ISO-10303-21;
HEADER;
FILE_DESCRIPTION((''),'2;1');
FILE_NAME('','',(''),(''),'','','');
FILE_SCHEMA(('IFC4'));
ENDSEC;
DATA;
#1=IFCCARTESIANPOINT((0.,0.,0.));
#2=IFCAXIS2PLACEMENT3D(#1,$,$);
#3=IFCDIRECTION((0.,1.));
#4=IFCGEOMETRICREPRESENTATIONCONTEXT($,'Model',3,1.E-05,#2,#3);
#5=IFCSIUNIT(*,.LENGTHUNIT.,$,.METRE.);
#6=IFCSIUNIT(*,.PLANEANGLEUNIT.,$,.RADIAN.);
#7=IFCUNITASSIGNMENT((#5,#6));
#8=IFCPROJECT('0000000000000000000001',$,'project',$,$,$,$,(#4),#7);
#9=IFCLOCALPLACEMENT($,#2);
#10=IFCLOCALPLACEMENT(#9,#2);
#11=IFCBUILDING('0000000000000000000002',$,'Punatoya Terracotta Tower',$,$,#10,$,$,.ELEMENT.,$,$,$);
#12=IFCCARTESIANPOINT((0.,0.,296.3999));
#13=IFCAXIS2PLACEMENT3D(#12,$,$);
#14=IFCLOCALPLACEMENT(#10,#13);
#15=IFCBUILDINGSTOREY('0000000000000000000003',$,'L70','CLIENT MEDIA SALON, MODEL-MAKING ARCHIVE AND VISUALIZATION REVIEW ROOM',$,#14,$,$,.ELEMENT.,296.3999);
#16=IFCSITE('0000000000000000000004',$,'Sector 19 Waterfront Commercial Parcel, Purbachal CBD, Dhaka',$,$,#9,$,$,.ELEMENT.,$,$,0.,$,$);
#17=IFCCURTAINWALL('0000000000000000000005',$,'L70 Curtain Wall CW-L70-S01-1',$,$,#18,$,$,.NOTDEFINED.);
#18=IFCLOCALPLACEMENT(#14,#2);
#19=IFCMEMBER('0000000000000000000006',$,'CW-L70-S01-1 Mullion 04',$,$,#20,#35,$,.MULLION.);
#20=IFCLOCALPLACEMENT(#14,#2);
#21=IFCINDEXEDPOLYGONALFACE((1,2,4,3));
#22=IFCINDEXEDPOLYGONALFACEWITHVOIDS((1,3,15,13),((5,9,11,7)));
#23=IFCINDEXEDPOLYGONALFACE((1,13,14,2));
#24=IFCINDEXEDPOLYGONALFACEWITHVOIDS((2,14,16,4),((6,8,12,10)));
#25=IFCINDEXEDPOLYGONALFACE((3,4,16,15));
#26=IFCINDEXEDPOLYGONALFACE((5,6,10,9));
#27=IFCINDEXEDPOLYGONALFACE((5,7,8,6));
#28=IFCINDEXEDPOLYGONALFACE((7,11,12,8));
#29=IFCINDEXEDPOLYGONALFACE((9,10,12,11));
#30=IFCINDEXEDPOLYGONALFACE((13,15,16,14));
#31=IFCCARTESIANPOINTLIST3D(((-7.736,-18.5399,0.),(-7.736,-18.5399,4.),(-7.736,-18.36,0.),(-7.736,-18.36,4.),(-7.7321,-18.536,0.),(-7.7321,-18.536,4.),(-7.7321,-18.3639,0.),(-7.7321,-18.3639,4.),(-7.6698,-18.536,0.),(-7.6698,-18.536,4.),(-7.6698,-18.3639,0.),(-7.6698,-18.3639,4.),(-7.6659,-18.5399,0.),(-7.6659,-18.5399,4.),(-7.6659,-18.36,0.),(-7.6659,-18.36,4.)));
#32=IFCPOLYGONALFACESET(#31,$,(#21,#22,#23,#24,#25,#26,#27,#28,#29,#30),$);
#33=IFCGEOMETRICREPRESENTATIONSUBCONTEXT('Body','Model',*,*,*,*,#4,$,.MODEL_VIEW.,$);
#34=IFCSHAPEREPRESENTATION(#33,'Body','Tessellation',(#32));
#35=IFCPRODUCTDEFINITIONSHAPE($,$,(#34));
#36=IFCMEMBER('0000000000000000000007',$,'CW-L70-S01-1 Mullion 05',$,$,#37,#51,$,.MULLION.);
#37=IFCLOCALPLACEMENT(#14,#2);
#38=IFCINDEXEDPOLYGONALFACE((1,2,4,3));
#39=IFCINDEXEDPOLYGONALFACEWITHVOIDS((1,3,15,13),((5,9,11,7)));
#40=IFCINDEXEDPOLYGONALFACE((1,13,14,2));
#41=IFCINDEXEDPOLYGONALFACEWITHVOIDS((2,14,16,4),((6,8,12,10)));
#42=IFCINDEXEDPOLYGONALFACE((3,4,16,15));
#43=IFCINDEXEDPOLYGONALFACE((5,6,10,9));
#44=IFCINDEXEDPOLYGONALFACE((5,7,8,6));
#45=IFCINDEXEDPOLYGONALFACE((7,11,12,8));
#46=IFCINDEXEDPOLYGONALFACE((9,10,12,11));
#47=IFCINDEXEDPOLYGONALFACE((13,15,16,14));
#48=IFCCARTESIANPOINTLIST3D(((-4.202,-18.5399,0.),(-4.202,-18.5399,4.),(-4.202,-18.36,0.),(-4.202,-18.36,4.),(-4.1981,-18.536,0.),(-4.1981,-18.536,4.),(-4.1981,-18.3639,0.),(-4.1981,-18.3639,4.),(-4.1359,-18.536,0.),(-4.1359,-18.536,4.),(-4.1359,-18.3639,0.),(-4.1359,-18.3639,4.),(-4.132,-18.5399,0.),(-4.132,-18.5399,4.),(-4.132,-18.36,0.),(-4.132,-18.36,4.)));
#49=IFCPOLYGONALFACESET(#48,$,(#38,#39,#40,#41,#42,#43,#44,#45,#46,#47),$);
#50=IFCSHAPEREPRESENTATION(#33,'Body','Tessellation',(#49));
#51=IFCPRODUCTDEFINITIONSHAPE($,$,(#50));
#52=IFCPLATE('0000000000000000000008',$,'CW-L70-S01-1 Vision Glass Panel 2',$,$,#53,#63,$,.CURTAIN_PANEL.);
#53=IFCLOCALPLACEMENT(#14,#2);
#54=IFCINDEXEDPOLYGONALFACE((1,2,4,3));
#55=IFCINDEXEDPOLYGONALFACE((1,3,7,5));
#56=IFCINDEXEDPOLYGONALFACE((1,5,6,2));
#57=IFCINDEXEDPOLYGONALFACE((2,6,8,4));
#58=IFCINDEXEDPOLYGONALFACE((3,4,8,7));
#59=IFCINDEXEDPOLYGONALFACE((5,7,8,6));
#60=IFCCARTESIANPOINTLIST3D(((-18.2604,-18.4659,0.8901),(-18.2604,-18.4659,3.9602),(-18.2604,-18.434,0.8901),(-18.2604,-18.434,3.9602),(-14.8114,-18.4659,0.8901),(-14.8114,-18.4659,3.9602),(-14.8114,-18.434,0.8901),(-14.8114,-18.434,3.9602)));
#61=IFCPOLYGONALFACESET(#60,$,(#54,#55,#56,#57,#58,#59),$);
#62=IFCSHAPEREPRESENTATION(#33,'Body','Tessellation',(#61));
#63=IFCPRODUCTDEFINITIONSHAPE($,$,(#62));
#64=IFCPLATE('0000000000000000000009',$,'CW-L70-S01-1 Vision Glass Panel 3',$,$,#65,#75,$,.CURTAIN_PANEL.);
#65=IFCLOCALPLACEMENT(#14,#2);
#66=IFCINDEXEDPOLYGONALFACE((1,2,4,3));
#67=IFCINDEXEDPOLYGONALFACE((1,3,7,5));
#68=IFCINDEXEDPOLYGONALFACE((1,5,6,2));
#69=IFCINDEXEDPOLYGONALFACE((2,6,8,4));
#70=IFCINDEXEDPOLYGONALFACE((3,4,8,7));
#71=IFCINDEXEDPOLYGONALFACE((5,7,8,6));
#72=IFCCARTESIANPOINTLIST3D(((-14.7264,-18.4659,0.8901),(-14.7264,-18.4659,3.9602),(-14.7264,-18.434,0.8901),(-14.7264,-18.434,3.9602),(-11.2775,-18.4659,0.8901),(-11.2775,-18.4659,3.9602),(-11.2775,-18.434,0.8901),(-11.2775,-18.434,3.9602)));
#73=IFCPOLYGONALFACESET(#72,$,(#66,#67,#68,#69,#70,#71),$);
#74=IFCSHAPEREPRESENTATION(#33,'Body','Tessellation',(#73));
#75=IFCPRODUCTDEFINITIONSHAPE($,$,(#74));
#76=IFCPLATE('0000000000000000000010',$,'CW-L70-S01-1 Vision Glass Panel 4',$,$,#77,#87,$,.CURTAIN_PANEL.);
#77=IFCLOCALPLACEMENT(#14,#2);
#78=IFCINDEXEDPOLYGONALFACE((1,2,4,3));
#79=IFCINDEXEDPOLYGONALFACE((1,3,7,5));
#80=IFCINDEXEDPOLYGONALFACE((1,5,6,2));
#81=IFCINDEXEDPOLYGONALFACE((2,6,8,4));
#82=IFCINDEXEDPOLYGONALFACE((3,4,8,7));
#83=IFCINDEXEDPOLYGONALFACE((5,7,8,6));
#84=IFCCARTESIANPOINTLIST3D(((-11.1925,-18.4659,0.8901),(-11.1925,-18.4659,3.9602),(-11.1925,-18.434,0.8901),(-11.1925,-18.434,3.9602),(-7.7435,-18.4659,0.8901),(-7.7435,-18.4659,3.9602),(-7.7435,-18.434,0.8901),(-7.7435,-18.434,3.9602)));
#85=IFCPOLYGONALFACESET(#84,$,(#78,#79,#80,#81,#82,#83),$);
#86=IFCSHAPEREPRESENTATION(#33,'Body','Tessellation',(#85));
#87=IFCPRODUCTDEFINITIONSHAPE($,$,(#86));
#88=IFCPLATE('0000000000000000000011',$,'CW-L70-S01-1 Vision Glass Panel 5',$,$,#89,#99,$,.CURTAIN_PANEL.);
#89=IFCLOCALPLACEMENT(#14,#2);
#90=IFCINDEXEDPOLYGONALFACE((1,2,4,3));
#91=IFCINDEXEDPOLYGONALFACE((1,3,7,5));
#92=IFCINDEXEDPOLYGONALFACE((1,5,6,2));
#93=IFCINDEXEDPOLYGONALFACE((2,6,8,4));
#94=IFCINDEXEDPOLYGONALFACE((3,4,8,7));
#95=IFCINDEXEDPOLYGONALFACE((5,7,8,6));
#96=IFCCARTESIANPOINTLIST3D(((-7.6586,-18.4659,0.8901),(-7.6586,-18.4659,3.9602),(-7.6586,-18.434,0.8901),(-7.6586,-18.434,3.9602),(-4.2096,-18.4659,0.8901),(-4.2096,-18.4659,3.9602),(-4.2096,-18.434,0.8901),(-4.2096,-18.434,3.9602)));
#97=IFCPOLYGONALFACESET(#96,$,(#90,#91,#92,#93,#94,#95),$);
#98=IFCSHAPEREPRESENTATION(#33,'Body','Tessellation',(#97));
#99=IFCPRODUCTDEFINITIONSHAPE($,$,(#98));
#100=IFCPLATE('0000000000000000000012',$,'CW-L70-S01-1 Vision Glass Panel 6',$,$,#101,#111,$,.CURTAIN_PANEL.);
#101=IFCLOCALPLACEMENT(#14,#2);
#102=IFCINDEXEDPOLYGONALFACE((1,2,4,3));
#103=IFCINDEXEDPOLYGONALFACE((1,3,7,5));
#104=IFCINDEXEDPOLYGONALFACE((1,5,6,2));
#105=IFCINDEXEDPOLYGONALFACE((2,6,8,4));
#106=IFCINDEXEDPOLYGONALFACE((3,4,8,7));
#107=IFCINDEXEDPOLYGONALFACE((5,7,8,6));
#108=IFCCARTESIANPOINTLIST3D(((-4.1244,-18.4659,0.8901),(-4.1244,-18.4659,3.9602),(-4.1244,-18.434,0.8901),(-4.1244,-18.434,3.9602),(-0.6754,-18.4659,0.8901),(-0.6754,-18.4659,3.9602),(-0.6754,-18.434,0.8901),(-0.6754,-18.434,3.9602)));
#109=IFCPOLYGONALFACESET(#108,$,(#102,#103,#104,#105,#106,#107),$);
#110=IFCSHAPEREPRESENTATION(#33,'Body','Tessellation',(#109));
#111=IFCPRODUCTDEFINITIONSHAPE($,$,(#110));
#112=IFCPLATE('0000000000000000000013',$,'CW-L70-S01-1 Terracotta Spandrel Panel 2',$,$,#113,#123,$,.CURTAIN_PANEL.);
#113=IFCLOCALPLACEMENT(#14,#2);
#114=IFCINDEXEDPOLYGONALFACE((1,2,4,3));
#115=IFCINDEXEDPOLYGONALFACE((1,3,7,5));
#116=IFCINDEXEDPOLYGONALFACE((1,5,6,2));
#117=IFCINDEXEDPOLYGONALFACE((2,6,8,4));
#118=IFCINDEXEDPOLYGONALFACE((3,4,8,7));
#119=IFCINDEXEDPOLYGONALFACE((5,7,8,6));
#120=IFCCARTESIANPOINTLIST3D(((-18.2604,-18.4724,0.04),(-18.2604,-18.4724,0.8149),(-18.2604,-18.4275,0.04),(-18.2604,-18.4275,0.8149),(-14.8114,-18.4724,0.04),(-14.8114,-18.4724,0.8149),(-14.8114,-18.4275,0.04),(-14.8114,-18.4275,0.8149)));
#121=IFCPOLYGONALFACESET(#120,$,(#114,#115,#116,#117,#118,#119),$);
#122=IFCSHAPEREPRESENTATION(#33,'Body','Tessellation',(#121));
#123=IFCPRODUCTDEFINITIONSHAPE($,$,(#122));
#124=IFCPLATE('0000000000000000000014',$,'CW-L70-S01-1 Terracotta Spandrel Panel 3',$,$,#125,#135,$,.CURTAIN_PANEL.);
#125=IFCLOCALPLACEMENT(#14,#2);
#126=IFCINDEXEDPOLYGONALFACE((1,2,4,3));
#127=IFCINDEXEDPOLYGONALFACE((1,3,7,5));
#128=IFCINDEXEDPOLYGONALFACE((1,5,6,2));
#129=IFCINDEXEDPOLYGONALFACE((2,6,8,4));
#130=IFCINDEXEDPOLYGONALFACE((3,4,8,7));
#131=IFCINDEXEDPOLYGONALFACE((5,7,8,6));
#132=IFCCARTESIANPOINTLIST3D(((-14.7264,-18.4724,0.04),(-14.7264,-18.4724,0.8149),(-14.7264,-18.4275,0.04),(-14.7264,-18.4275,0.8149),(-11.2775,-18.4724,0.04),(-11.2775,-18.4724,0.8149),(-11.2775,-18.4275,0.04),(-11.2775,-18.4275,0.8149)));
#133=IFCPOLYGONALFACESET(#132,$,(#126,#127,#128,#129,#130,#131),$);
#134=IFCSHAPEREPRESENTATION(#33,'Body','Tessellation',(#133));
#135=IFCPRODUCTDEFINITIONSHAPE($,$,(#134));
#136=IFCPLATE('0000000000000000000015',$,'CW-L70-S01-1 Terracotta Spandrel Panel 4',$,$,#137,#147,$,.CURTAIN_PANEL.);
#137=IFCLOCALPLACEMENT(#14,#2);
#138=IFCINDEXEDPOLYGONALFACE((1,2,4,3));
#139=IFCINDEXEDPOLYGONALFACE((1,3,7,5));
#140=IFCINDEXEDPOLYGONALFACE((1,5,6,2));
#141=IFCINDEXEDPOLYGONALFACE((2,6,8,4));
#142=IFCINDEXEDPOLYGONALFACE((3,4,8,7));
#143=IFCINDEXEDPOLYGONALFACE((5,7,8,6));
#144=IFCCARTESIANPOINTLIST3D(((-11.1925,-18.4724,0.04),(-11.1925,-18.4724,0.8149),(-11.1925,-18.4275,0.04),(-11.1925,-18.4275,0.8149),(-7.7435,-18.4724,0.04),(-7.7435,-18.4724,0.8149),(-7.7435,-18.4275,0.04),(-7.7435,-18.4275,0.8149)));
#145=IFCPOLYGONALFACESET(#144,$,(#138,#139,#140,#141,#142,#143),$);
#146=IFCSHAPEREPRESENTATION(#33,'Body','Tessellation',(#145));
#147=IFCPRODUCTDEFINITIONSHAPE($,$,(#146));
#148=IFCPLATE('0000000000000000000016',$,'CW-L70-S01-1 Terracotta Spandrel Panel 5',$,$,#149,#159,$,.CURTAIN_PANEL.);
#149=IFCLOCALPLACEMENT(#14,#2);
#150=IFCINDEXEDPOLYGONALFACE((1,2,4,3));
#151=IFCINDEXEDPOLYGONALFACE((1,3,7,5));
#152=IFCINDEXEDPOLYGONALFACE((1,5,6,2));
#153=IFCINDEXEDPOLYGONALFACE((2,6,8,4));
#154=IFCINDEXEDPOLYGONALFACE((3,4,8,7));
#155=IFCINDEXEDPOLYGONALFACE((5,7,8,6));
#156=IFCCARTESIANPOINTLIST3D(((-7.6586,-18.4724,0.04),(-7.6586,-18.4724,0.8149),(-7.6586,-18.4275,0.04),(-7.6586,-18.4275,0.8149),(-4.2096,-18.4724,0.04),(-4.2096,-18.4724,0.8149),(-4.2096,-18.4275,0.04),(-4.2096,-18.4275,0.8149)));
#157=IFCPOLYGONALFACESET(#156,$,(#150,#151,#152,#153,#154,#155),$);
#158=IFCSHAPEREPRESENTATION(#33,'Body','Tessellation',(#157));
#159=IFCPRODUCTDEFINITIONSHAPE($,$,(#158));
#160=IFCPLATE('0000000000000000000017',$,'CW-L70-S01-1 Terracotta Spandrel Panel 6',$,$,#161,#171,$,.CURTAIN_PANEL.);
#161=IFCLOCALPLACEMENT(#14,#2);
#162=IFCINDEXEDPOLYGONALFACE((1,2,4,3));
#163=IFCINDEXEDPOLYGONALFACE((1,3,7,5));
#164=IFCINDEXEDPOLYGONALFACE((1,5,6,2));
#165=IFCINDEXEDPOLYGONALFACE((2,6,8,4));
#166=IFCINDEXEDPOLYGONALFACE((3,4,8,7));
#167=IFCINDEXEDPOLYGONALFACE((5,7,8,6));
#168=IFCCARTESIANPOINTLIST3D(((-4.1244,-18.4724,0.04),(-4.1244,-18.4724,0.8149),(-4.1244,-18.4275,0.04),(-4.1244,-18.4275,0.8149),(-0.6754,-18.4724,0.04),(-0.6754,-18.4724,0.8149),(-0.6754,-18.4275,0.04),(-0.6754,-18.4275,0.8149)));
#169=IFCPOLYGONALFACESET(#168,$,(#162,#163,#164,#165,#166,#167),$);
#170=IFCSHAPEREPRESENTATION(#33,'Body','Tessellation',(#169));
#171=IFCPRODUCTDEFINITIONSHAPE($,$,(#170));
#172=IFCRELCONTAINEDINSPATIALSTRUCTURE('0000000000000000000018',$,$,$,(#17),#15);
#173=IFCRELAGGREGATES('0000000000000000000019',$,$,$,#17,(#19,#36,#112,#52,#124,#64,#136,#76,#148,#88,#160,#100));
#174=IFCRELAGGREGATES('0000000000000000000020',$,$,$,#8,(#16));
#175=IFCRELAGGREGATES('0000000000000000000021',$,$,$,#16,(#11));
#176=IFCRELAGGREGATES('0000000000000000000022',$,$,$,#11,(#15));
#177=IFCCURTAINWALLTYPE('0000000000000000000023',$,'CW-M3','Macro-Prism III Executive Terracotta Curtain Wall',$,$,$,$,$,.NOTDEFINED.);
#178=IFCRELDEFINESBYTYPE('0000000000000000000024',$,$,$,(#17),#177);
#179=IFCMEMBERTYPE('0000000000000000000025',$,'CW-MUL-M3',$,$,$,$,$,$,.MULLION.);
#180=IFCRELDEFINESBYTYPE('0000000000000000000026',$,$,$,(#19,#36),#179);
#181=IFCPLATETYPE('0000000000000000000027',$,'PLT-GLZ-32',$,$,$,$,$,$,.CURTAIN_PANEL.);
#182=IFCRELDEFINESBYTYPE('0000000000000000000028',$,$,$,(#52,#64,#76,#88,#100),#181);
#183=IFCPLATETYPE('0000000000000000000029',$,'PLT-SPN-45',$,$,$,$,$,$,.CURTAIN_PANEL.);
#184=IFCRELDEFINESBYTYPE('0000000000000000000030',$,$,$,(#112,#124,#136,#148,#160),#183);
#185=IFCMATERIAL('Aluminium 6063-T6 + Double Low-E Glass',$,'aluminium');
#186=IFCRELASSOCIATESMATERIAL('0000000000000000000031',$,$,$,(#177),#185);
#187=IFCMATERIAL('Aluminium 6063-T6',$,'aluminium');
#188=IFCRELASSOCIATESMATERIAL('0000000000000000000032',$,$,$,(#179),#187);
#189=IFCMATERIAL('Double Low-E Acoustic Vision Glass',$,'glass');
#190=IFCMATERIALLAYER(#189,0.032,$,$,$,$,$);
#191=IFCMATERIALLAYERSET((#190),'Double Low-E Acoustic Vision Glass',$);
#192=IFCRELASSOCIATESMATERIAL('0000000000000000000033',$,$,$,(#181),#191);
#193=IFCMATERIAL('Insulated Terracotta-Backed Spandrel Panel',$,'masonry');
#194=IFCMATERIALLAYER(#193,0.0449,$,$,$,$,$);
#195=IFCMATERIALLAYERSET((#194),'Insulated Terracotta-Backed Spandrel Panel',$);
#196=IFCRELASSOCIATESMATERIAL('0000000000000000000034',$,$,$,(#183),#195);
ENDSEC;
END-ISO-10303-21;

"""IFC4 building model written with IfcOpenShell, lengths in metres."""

from ifc_helpers import new_model, si_unit, direction, frame, origin, origin_2d, place, context, subcontext, project, spatial, rectangle, hollow_rectangle, extrude, material, layer, layer_set, material_profile, profile_set, type_object, element, aggregate, save


model = new_model("IFC4")

# Units and contexts
model_context = context("Model", 3, precision=1e-05, world=origin(), true_north=direction((0.0, 1.0)))
body_context = subcontext(model_context, "Body", "Model", "MODEL_VIEW")
ifc_project = project(units=[si_unit("LENGTHUNIT", "METRE"), si_unit("PLANEANGLEUNIT", "RADIAN")], contexts=[model_context])

# Site, building, storey
site_placement = place(None, origin())
site = spatial("IfcSite", under=ifc_project, at=site_placement, Name="Sector 19 Waterfront Commercial Parcel, Purbachal CBD, Dhaka", CompositionType="ELEMENT", RefElevation=0.0)
building_placement = place(site_placement, origin())
building = spatial("IfcBuilding", under=site, at=building_placement, Name="Punatoya Terracotta Tower", CompositionType="ELEMENT")
storey_placement = place(building_placement, frame((0.0, 0.0, 296.3999)))
storey = spatial("IfcBuildingStorey", under=building, at=storey_placement, Name="L70", Description="CLIENT MEDIA SALON, MODEL-MAKING ARCHIVE AND VISUALIZATION REVIEW ROOM", CompositionType="ELEMENT", Elevation=296.3999)

# Curtain wall, members, plates
ifc_material_1 = material(Name="Aluminium 6063-T6 + Double Low-E Glass", Category="aluminium")
curtain_wall_type = type_object("IfcCurtainWallType", Name="CW-M3", Description="Macro-Prism III Executive Terracotta Curtain Wall", PredefinedType="NOTDEFINED", material=ifc_material_1)
curtain_wall_placement = place(storey_placement, origin())
curtain_wall = element("IfcCurtainWall", 1, at=curtain_wall_placement, inside=storey, type_object=curtain_wall_type, Name="L70 Curtain Wall CW-L70-S01-1", PredefinedType="NOTDEFINED")
ifc_material_2 = material(Name="Aluminium 6063-T6", Category="aluminium")
ifc_material_profile_1 = material_profile(ifc_material_2, hollow_rectangle(XDim=0.0701, YDim=0.1799, WallThickness=0.0039, at=origin_2d()))
ifc_profile_set_1 = profile_set([ifc_material_profile_1], Name="Aluminium 6063-T6")
member_type = type_object("IfcMemberType", Name="CW-MUL-M3", PredefinedType="MULLION", material=ifc_profile_set_1)
member_1_placement = place(storey_placement, frame((-7.7009, -18.45, 0.0), z_axis=(0.0, 0.0, 1.0), x_axis=(1.0, 0.0, 0.0)))
member_1 = element("IfcMember", 2, at=member_1_placement, type_object=member_type, Name="CW-L70-S01-1 Mullion 04", PredefinedType="MULLION", context=body_context, shape_type="SweptSolid", body=[
    extrude(hollow_rectangle(XDim=0.0701, YDim=0.1799, WallThickness=0.0039, at=origin_2d()), origin(), (0.0, 0.0, 1.0), 4.0),
])
member_2_placement = place(storey_placement, frame((-4.167, -18.45, 0.0), z_axis=(0.0, 0.0, 1.0), x_axis=(1.0, 0.0, 0.0)))
member_2 = element("IfcMember", 3, at=member_2_placement, type_object=member_type, Name="CW-L70-S01-1 Mullion 05", PredefinedType="MULLION", context=body_context, shape_type="SweptSolid", body=[
    extrude(hollow_rectangle(XDim=0.0701, YDim=0.1799, WallThickness=0.0039, at=origin_2d()), origin(), (0.0, 0.0, 1.0), 4.0),
])
ifc_material_3 = material(Name="Double Low-E Acoustic Vision Glass", Category="glass")
ifc_layer_1 = layer(ifc_material_3, 0.032)
ifc_layer_set_1 = layer_set([ifc_layer_1], Name="Double Low-E Acoustic Vision Glass")
plate_type_1 = type_object("IfcPlateType", Name="PLT-GLZ-32", PredefinedType="CURTAIN_PANEL", material=ifc_layer_set_1)
plate_1_placement = place(storey_placement, frame((-16.5359, -18.45, 0.8901), z_axis=(0.0, 0.0, 1.0), x_axis=(1.0, 0.0, 0.0)))
plate_1 = element("IfcPlate", 4, at=plate_1_placement, type_object=plate_type_1, Name="CW-L70-S01-1 Vision Glass Panel 2", PredefinedType="CURTAIN_PANEL", context=body_context, shape_type="SweptSolid", body=[
    extrude(rectangle(XDim=3.449, YDim=0.032, at=origin_2d()), origin(), (0.0, 0.0, 1.0), 3.0701),
])
plate_2_placement = place(storey_placement, frame((-13.002, -18.45, 0.8901), z_axis=(0.0, 0.0, 1.0), x_axis=(1.0, 0.0, 0.0)))
plate_2 = element("IfcPlate", 5, at=plate_2_placement, type_object=plate_type_1, Name="CW-L70-S01-1 Vision Glass Panel 3", PredefinedType="CURTAIN_PANEL", context=body_context, shape_type="SweptSolid", body=[
    extrude(rectangle(XDim=3.449, YDim=0.032, at=origin_2d()), origin(), (0.0, 0.0, 1.0), 3.0701),
])
plate_3_placement = place(storey_placement, frame((-9.468, -18.45, 0.8901), z_axis=(0.0, 0.0, 1.0), x_axis=(1.0, 0.0, 0.0)))
plate_3 = element("IfcPlate", 6, at=plate_3_placement, type_object=plate_type_1, Name="CW-L70-S01-1 Vision Glass Panel 4", PredefinedType="CURTAIN_PANEL", context=body_context, shape_type="SweptSolid", body=[
    extrude(rectangle(XDim=3.449, YDim=0.032, at=origin_2d()), origin(), (0.0, 0.0, 1.0), 3.0701),
])
plate_4_placement = place(storey_placement, frame((-5.9341, -18.45, 0.8901), z_axis=(0.0, 0.0, 1.0), x_axis=(1.0, 0.0, 0.0)))
plate_4 = element("IfcPlate", 7, at=plate_4_placement, type_object=plate_type_1, Name="CW-L70-S01-1 Vision Glass Panel 5", PredefinedType="CURTAIN_PANEL", context=body_context, shape_type="SweptSolid", body=[
    extrude(rectangle(XDim=3.449, YDim=0.032, at=origin_2d()), origin(), (0.0, 0.0, 1.0), 3.0701),
])
plate_5_placement = place(storey_placement, frame((-2.3999, -18.45, 0.8901), z_axis=(0.0, 0.0, 1.0), x_axis=(1.0, 0.0, 0.0)))
plate_5 = element("IfcPlate", 8, at=plate_5_placement, type_object=plate_type_1, Name="CW-L70-S01-1 Vision Glass Panel 6", PredefinedType="CURTAIN_PANEL", context=body_context, shape_type="SweptSolid", body=[
    extrude(rectangle(XDim=3.449, YDim=0.032, at=origin_2d()), origin(), (0.0, 0.0, 1.0), 3.0701),
])
ifc_material_4 = material(Name="Insulated Terracotta-Backed Spandrel Panel", Category="masonry")
ifc_layer_2 = layer(ifc_material_4, 0.0449)
ifc_layer_set_2 = layer_set([ifc_layer_2], Name="Insulated Terracotta-Backed Spandrel Panel")
plate_type_2 = type_object("IfcPlateType", Name="PLT-SPN-45", PredefinedType="CURTAIN_PANEL", material=ifc_layer_set_2)
plate_6_placement = place(storey_placement, frame((-16.5359, -18.45, 0.04), z_axis=(0.0, 0.0, 1.0), x_axis=(1.0, 0.0, 0.0)))
plate_6 = element("IfcPlate", 9, at=plate_6_placement, type_object=plate_type_2, Name="CW-L70-S01-1 Terracotta Spandrel Panel 2", PredefinedType="CURTAIN_PANEL", context=body_context, shape_type="SweptSolid", body=[
    extrude(rectangle(XDim=3.449, YDim=0.0449, at=origin_2d()), origin(), (0.0, 0.0, 1.0), 0.7749),
])
plate_7_placement = place(storey_placement, frame((-13.002, -18.45, 0.04), z_axis=(0.0, 0.0, 1.0), x_axis=(1.0, 0.0, 0.0)))
plate_7 = element("IfcPlate", 10, at=plate_7_placement, type_object=plate_type_2, Name="CW-L70-S01-1 Terracotta Spandrel Panel 3", PredefinedType="CURTAIN_PANEL", context=body_context, shape_type="SweptSolid", body=[
    extrude(rectangle(XDim=3.449, YDim=0.0449, at=origin_2d()), origin(), (0.0, 0.0, 1.0), 0.7749),
])
plate_8_placement = place(storey_placement, frame((-9.468, -18.45, 0.04), z_axis=(0.0, 0.0, 1.0), x_axis=(1.0, 0.0, 0.0)))
plate_8 = element("IfcPlate", 11, at=plate_8_placement, type_object=plate_type_2, Name="CW-L70-S01-1 Terracotta Spandrel Panel 4", PredefinedType="CURTAIN_PANEL", context=body_context, shape_type="SweptSolid", body=[
    extrude(rectangle(XDim=3.449, YDim=0.0449, at=origin_2d()), origin(), (0.0, 0.0, 1.0), 0.7749),
])
plate_9_placement = place(storey_placement, frame((-5.9341, -18.45, 0.04), z_axis=(0.0, 0.0, 1.0), x_axis=(1.0, 0.0, 0.0)))
plate_9 = element("IfcPlate", 12, at=plate_9_placement, type_object=plate_type_2, Name="CW-L70-S01-1 Terracotta Spandrel Panel 5", PredefinedType="CURTAIN_PANEL", context=body_context, shape_type="SweptSolid", body=[
    extrude(rectangle(XDim=3.449, YDim=0.0449, at=origin_2d()), origin(), (0.0, 0.0, 1.0), 0.7749),
])
plate_10_placement = place(storey_placement, frame((-2.3999, -18.45, 0.04), z_axis=(0.0, 0.0, 1.0), x_axis=(1.0, 0.0, 0.0)))
plate_10 = element("IfcPlate", 13, at=plate_10_placement, type_object=plate_type_2, Name="CW-L70-S01-1 Terracotta Spandrel Panel 6", PredefinedType="CURTAIN_PANEL", context=body_context, shape_type="SweptSolid", body=[
    extrude(rectangle(XDim=3.449, YDim=0.0449, at=origin_2d()), origin(), (0.0, 0.0, 1.0), 0.7749),
])
aggregate(curtain_wall, [member_1, member_2, plate_6, plate_1, plate_7, plate_2, plate_8, plate_3, plate_9, plate_4, plate_10, plate_5])

save(model, "model.ifc")
